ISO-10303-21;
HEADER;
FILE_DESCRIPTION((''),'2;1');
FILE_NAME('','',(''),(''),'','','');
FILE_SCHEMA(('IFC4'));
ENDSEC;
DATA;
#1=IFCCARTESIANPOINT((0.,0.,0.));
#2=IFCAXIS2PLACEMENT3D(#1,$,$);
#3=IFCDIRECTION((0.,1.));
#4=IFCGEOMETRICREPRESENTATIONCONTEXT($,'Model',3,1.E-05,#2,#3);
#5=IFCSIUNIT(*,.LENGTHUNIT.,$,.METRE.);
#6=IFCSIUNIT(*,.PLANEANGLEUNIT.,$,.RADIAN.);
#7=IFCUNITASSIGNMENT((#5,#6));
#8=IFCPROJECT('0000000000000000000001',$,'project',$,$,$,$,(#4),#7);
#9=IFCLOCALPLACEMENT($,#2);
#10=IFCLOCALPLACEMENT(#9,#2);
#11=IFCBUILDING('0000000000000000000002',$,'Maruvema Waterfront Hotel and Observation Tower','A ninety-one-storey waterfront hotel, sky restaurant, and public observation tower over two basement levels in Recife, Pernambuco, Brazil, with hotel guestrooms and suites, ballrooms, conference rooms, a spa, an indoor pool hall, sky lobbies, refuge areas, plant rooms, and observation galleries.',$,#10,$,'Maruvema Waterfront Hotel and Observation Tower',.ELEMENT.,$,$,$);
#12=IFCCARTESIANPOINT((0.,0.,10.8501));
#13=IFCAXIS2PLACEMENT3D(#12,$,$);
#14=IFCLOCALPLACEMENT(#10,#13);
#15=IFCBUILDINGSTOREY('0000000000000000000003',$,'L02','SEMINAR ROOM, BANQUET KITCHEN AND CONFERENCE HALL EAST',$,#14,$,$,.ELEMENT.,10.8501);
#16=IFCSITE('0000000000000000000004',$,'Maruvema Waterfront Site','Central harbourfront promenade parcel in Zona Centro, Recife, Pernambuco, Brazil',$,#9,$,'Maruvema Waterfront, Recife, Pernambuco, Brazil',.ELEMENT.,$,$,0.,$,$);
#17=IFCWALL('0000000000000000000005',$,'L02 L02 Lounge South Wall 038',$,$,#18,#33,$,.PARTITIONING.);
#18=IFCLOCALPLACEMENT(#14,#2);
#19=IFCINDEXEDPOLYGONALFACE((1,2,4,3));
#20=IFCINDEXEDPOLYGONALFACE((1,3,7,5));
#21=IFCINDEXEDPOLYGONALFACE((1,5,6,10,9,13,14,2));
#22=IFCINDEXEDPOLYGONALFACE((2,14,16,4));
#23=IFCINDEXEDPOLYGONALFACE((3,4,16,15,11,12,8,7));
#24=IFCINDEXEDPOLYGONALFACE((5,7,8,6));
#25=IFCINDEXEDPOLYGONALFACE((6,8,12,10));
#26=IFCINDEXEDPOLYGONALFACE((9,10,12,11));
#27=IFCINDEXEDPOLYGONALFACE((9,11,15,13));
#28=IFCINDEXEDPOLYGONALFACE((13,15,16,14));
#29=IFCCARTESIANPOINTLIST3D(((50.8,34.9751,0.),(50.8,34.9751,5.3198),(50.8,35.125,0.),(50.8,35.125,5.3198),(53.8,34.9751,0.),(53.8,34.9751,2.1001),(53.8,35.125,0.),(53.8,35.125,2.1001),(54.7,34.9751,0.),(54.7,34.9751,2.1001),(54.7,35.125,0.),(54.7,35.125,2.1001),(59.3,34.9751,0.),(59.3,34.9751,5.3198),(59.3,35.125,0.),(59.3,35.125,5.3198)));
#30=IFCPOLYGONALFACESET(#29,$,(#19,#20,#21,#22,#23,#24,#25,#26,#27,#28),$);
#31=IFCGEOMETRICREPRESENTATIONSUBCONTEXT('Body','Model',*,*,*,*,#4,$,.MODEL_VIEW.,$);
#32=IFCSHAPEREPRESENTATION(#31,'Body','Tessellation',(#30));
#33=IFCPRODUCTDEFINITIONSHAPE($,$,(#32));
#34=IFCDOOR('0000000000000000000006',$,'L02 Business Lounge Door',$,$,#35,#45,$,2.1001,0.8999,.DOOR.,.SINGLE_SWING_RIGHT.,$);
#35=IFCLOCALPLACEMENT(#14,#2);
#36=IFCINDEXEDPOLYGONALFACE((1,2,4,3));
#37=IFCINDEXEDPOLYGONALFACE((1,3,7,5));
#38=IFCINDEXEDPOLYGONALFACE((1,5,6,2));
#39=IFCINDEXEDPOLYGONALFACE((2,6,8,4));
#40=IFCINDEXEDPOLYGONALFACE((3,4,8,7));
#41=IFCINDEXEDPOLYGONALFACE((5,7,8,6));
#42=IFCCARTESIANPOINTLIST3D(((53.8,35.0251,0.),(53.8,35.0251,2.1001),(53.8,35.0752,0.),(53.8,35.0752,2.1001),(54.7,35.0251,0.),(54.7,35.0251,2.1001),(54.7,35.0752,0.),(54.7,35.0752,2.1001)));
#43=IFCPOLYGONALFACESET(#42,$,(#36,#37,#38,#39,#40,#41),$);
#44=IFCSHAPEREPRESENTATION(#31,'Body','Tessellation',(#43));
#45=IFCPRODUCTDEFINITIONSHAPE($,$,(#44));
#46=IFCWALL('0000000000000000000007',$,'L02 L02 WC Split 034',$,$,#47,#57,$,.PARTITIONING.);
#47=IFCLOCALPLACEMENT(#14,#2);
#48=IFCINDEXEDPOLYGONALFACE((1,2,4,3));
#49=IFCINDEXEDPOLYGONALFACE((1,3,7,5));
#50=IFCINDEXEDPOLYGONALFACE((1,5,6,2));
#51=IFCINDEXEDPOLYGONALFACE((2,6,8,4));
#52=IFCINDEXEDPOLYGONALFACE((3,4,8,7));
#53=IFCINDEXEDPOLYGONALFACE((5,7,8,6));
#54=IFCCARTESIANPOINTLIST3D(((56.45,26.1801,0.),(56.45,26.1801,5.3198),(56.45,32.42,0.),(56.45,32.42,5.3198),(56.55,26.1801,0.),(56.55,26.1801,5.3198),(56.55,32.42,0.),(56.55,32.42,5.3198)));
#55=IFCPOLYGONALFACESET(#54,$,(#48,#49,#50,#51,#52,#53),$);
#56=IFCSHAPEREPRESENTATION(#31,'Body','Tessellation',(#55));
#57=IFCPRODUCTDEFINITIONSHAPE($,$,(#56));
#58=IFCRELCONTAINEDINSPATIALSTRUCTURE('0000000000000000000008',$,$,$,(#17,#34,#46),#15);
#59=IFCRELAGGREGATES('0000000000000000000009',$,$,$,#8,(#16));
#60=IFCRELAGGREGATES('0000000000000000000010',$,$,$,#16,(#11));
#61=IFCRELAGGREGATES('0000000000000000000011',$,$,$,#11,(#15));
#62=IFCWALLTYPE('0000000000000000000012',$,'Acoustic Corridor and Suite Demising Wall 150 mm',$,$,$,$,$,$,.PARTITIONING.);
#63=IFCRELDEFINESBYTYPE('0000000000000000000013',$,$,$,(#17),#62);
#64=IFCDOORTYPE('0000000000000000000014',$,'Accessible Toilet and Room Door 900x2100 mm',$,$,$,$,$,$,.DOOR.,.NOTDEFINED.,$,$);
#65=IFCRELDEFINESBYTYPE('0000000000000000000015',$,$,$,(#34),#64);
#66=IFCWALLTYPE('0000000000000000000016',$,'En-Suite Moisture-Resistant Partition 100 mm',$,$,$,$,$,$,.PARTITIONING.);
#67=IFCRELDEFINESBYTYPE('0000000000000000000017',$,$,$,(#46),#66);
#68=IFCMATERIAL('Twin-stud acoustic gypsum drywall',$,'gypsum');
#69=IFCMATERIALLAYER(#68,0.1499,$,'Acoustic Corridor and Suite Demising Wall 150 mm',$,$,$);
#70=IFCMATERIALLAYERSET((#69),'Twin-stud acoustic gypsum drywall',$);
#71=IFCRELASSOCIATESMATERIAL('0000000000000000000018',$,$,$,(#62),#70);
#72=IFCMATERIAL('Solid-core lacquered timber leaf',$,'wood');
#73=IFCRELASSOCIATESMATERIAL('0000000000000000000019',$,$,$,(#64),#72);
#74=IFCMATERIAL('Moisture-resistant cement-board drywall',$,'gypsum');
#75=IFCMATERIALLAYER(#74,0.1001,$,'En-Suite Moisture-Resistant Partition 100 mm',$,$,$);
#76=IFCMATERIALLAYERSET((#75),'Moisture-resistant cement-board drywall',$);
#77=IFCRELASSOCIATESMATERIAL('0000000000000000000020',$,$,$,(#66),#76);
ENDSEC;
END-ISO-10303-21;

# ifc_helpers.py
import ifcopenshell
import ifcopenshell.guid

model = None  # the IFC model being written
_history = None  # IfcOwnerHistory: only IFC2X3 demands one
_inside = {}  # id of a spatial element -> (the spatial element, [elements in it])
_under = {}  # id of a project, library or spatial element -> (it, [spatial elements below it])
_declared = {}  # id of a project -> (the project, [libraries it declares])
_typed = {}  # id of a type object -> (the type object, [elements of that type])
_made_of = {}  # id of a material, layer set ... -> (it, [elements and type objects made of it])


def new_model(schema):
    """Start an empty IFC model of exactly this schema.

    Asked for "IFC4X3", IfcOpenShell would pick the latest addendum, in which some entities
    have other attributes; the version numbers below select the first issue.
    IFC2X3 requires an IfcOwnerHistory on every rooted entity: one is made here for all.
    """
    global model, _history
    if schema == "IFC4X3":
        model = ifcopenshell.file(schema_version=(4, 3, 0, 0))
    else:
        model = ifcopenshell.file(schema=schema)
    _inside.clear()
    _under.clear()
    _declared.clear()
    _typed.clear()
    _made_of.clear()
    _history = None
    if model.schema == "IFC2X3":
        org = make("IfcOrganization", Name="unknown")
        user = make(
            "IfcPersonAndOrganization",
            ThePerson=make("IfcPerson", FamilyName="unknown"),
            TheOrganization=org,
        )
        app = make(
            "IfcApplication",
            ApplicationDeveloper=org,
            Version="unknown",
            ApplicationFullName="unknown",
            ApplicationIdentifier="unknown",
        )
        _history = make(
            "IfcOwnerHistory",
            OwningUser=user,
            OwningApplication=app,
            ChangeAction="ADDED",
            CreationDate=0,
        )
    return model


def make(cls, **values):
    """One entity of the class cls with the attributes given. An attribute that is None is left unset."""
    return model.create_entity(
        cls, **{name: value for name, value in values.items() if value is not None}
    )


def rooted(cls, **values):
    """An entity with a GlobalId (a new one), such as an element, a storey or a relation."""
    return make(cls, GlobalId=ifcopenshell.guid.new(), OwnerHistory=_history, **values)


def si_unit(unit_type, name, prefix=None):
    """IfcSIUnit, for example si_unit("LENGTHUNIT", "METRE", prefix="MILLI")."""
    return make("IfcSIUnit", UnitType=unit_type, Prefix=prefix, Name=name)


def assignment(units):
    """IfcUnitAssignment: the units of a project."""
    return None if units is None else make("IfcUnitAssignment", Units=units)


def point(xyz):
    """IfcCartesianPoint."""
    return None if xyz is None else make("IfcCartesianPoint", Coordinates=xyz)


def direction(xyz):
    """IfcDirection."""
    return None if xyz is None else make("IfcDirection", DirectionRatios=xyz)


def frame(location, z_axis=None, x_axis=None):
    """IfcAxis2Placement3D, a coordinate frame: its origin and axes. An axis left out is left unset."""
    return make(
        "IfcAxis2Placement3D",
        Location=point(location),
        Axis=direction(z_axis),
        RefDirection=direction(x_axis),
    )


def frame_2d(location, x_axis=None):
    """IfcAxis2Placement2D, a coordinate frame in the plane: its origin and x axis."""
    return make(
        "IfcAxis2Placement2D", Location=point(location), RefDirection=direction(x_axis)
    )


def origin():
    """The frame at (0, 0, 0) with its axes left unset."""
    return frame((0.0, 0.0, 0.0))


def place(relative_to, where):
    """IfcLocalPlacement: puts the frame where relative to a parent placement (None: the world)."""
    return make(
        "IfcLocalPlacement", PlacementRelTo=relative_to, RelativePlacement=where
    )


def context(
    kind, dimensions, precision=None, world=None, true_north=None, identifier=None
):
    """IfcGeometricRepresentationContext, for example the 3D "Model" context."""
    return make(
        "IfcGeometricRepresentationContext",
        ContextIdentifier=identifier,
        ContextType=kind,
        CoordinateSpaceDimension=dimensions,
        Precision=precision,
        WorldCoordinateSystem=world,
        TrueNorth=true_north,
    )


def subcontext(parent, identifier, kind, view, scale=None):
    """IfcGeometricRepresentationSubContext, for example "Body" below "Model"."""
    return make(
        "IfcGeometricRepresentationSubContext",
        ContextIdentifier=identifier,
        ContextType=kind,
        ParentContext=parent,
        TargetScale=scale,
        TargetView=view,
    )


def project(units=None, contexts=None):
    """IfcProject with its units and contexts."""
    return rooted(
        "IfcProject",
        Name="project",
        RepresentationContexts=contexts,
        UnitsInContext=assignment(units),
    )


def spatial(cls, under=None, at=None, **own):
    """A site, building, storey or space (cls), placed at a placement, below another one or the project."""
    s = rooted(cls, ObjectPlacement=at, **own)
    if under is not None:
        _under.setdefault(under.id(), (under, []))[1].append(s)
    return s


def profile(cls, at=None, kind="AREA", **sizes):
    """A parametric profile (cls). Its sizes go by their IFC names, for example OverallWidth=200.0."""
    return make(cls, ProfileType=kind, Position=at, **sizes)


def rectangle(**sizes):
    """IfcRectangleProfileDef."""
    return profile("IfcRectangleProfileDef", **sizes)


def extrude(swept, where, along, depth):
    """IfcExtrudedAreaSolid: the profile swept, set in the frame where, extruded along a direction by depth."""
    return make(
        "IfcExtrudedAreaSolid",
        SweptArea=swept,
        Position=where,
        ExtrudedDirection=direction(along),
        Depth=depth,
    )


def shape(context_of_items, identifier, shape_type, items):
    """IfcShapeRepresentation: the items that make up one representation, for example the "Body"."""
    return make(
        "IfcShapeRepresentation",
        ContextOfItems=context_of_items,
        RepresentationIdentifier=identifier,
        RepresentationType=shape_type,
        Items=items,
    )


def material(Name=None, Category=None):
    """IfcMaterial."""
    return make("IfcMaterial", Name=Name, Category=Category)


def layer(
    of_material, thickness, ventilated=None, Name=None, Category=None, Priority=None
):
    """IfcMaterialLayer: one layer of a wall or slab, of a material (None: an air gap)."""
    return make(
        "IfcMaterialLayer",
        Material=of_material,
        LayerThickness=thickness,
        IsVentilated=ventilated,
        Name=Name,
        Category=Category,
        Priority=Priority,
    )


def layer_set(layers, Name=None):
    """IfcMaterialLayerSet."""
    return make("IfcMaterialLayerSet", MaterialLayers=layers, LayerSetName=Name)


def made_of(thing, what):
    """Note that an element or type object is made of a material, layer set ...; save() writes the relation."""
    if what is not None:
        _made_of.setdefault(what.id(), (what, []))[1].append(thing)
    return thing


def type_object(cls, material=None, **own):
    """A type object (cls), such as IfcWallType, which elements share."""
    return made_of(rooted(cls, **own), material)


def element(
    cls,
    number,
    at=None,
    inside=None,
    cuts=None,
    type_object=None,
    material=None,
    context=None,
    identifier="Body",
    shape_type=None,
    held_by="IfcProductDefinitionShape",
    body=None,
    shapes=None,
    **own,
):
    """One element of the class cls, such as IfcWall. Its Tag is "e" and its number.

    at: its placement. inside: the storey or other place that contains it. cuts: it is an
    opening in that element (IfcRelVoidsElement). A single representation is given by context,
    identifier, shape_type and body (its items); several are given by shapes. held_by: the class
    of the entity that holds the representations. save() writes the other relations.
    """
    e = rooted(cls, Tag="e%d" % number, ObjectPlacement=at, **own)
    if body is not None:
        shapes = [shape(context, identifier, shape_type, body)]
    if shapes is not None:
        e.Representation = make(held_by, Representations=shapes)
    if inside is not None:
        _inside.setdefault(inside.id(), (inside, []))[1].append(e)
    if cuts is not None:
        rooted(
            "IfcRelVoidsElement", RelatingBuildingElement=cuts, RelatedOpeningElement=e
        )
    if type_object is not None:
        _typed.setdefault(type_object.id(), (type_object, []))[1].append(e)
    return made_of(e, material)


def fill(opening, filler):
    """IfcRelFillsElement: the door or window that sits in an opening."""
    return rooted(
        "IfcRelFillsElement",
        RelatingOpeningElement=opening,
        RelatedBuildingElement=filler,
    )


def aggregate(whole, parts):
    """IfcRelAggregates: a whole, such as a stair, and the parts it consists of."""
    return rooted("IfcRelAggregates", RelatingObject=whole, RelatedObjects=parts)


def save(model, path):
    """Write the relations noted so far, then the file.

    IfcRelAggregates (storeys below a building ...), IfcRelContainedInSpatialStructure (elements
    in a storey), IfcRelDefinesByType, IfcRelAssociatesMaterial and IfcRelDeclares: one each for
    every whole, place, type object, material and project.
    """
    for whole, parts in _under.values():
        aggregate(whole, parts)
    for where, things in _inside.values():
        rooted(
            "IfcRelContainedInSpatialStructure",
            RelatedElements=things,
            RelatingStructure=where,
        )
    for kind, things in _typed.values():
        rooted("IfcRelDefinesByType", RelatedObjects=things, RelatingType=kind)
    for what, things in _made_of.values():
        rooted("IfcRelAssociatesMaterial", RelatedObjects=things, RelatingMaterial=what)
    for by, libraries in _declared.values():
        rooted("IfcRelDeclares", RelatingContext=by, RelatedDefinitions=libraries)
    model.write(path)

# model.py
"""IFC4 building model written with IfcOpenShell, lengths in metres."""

from ifc_helpers import new_model, si_unit, direction, frame, frame_2d, origin, place, context, subcontext, project, spatial, rectangle, extrude, material, layer, layer_set, type_object, element, fill, save


model = new_model("IFC4")

# Units and contexts
model_context = context("Model", 3, precision=1e-05, world=origin(), true_north=direction((0.0, 1.0)))
body_context = subcontext(model_context, "Body", "Model", "MODEL_VIEW")
ifc_project = project(units=[si_unit("LENGTHUNIT", "METRE"), si_unit("PLANEANGLEUNIT", "RADIAN")], contexts=[model_context])

# Site, building, storey
site_placement = place(None, origin())
site = spatial("IfcSite", under=ifc_project, at=site_placement, Name="Maruvema Waterfront Site", Description="Central harbourfront promenade parcel in Zona Centro, Recife, Pernambuco, Brazil", LongName="Maruvema Waterfront, Recife, Pernambuco, Brazil", CompositionType="ELEMENT", RefElevation=0.0)
building_placement = place(site_placement, origin())
building = spatial("IfcBuilding", under=site, at=building_placement, Name="Maruvema Waterfront Hotel and Observation Tower", Description="A ninety-one-storey waterfront hotel, sky restaurant, and public observation tower over two basement levels in Recife, Pernambuco, Brazil, with hotel guestrooms and suites, ballrooms, conference rooms, a spa, an indoor pool hall, sky lobbies, refuge areas, plant rooms, and observation galleries.", LongName="Maruvema Waterfront Hotel and Observation Tower", CompositionType="ELEMENT")
storey_placement = place(building_placement, frame((0.0, 0.0, 10.8501)))
storey = spatial("IfcBuildingStorey", under=building, at=storey_placement, Name="L02", Description="SEMINAR ROOM, BANQUET KITCHEN AND CONFERENCE HALL EAST", CompositionType="ELEMENT", Elevation=10.8501)

# Shared definitions
ifc_material_1 = material(Name="Twin-stud acoustic gypsum drywall", Category="gypsum")
ifc_layer_1 = layer(ifc_material_1, 0.1499, Name="Acoustic Corridor and Suite Demising Wall 150 mm")
ifc_layer_set_1 = layer_set([ifc_layer_1], Name="Twin-stud acoustic gypsum drywall")
wall_type_1 = type_object("IfcWallType", Name="Acoustic Corridor and Suite Demising Wall 150 mm", PredefinedType="PARTITIONING", material=ifc_layer_set_1)
ifc_material_2 = material(Name="Solid-core lacquered timber leaf", Category="wood")
door_type_1 = type_object("IfcDoorType", Name="Accessible Toilet and Room Door 900x2100 mm", OperationType="NOTDEFINED", PredefinedType="DOOR", material=ifc_material_2)

# Wall, opening, door
wall_1_placement = place(storey_placement, frame((50.8, 35.05, 0.0), z_axis=(0.0, 0.0, 1.0), x_axis=(1.0, 0.0, 0.0)))
wall_1 = element("IfcWall", 1, at=wall_1_placement, inside=storey, type_object=wall_type_1, Name="L02 L02 Lounge South Wall 038", PredefinedType="PARTITIONING", context=body_context, shape_type="SweptSolid", body=[
    extrude(rectangle(XDim=8.5, YDim=0.1499, at=frame_2d((4.25, 0.0))), origin(), (0.0, 0.0, 1.0), 5.3198),
])
opening_1_placement = place(wall_1_placement, frame((3.0, 0.0, 0.0)))
opening_1 = element("IfcOpeningElement", 2, at=opening_1_placement, cuts=wall_1, PredefinedType="OPENING", context=body_context, shape_type="SweptSolid", body=[
    extrude(rectangle(XDim=0.8999, YDim=2.1001, at=frame_2d((0.45, 1.05))), frame((0.0, 0.085, 0.0), z_axis=(0.0, -1.0, 0.0), x_axis=(1.0, 0.0, 0.0)), (0.0, 0.0, 1.0), 0.1699),
])
door_1_placement = place(opening_1_placement, frame((0.8999, 0.0, 0.0), z_axis=(0.0, 0.0, 1.0), x_axis=(-1.0, 0.0, 0.0)))
door_1 = element("IfcDoor", 3, at=door_1_placement, inside=storey, type_object=door_type_1, Name="L02 Business Lounge Door", OperationType="SINGLE_SWING_RIGHT", OverallHeight=2.1001, OverallWidth=0.8999, PredefinedType="DOOR", context=body_context, shape_type="SweptSolid", body=[
    extrude(rectangle(XDim=0.8999, YDim=2.1001, at=frame_2d((0.45, 1.05))), frame((0.0, 0.0249, 0.0), z_axis=(0.0, -1.0, 0.0), x_axis=(1.0, 0.0, 0.0)), (0.0, 0.0, 1.0), 0.05),
])
fill(opening_1, door_1)

# Wall
ifc_material_3 = material(Name="Moisture-resistant cement-board drywall", Category="gypsum")
ifc_layer_2 = layer(ifc_material_3, 0.1001, Name="En-Suite Moisture-Resistant Partition 100 mm")
ifc_layer_set_2 = layer_set([ifc_layer_2], Name="Moisture-resistant cement-board drywall")
wall_type_2 = type_object("IfcWallType", Name="En-Suite Moisture-Resistant Partition 100 mm", PredefinedType="PARTITIONING", material=ifc_layer_set_2)
wall_2_placement = place(storey_placement, frame((56.5, 26.1799, 0.0), z_axis=(0.0, 0.0, 1.0), x_axis=(0.0, 1.0, 0.0)))
element("IfcWall", 4, at=wall_2_placement, inside=storey, type_object=wall_type_2, Name="L02 L02 WC Split 034", PredefinedType="PARTITIONING", context=body_context, shape_type="SweptSolid", body=[
    extrude(rectangle(XDim=6.24, YDim=0.1001, at=frame_2d((3.1201, 0.0))), origin(), (0.0, 0.0, 1.0), 5.3198),
])

save(model, "model.ifc")
